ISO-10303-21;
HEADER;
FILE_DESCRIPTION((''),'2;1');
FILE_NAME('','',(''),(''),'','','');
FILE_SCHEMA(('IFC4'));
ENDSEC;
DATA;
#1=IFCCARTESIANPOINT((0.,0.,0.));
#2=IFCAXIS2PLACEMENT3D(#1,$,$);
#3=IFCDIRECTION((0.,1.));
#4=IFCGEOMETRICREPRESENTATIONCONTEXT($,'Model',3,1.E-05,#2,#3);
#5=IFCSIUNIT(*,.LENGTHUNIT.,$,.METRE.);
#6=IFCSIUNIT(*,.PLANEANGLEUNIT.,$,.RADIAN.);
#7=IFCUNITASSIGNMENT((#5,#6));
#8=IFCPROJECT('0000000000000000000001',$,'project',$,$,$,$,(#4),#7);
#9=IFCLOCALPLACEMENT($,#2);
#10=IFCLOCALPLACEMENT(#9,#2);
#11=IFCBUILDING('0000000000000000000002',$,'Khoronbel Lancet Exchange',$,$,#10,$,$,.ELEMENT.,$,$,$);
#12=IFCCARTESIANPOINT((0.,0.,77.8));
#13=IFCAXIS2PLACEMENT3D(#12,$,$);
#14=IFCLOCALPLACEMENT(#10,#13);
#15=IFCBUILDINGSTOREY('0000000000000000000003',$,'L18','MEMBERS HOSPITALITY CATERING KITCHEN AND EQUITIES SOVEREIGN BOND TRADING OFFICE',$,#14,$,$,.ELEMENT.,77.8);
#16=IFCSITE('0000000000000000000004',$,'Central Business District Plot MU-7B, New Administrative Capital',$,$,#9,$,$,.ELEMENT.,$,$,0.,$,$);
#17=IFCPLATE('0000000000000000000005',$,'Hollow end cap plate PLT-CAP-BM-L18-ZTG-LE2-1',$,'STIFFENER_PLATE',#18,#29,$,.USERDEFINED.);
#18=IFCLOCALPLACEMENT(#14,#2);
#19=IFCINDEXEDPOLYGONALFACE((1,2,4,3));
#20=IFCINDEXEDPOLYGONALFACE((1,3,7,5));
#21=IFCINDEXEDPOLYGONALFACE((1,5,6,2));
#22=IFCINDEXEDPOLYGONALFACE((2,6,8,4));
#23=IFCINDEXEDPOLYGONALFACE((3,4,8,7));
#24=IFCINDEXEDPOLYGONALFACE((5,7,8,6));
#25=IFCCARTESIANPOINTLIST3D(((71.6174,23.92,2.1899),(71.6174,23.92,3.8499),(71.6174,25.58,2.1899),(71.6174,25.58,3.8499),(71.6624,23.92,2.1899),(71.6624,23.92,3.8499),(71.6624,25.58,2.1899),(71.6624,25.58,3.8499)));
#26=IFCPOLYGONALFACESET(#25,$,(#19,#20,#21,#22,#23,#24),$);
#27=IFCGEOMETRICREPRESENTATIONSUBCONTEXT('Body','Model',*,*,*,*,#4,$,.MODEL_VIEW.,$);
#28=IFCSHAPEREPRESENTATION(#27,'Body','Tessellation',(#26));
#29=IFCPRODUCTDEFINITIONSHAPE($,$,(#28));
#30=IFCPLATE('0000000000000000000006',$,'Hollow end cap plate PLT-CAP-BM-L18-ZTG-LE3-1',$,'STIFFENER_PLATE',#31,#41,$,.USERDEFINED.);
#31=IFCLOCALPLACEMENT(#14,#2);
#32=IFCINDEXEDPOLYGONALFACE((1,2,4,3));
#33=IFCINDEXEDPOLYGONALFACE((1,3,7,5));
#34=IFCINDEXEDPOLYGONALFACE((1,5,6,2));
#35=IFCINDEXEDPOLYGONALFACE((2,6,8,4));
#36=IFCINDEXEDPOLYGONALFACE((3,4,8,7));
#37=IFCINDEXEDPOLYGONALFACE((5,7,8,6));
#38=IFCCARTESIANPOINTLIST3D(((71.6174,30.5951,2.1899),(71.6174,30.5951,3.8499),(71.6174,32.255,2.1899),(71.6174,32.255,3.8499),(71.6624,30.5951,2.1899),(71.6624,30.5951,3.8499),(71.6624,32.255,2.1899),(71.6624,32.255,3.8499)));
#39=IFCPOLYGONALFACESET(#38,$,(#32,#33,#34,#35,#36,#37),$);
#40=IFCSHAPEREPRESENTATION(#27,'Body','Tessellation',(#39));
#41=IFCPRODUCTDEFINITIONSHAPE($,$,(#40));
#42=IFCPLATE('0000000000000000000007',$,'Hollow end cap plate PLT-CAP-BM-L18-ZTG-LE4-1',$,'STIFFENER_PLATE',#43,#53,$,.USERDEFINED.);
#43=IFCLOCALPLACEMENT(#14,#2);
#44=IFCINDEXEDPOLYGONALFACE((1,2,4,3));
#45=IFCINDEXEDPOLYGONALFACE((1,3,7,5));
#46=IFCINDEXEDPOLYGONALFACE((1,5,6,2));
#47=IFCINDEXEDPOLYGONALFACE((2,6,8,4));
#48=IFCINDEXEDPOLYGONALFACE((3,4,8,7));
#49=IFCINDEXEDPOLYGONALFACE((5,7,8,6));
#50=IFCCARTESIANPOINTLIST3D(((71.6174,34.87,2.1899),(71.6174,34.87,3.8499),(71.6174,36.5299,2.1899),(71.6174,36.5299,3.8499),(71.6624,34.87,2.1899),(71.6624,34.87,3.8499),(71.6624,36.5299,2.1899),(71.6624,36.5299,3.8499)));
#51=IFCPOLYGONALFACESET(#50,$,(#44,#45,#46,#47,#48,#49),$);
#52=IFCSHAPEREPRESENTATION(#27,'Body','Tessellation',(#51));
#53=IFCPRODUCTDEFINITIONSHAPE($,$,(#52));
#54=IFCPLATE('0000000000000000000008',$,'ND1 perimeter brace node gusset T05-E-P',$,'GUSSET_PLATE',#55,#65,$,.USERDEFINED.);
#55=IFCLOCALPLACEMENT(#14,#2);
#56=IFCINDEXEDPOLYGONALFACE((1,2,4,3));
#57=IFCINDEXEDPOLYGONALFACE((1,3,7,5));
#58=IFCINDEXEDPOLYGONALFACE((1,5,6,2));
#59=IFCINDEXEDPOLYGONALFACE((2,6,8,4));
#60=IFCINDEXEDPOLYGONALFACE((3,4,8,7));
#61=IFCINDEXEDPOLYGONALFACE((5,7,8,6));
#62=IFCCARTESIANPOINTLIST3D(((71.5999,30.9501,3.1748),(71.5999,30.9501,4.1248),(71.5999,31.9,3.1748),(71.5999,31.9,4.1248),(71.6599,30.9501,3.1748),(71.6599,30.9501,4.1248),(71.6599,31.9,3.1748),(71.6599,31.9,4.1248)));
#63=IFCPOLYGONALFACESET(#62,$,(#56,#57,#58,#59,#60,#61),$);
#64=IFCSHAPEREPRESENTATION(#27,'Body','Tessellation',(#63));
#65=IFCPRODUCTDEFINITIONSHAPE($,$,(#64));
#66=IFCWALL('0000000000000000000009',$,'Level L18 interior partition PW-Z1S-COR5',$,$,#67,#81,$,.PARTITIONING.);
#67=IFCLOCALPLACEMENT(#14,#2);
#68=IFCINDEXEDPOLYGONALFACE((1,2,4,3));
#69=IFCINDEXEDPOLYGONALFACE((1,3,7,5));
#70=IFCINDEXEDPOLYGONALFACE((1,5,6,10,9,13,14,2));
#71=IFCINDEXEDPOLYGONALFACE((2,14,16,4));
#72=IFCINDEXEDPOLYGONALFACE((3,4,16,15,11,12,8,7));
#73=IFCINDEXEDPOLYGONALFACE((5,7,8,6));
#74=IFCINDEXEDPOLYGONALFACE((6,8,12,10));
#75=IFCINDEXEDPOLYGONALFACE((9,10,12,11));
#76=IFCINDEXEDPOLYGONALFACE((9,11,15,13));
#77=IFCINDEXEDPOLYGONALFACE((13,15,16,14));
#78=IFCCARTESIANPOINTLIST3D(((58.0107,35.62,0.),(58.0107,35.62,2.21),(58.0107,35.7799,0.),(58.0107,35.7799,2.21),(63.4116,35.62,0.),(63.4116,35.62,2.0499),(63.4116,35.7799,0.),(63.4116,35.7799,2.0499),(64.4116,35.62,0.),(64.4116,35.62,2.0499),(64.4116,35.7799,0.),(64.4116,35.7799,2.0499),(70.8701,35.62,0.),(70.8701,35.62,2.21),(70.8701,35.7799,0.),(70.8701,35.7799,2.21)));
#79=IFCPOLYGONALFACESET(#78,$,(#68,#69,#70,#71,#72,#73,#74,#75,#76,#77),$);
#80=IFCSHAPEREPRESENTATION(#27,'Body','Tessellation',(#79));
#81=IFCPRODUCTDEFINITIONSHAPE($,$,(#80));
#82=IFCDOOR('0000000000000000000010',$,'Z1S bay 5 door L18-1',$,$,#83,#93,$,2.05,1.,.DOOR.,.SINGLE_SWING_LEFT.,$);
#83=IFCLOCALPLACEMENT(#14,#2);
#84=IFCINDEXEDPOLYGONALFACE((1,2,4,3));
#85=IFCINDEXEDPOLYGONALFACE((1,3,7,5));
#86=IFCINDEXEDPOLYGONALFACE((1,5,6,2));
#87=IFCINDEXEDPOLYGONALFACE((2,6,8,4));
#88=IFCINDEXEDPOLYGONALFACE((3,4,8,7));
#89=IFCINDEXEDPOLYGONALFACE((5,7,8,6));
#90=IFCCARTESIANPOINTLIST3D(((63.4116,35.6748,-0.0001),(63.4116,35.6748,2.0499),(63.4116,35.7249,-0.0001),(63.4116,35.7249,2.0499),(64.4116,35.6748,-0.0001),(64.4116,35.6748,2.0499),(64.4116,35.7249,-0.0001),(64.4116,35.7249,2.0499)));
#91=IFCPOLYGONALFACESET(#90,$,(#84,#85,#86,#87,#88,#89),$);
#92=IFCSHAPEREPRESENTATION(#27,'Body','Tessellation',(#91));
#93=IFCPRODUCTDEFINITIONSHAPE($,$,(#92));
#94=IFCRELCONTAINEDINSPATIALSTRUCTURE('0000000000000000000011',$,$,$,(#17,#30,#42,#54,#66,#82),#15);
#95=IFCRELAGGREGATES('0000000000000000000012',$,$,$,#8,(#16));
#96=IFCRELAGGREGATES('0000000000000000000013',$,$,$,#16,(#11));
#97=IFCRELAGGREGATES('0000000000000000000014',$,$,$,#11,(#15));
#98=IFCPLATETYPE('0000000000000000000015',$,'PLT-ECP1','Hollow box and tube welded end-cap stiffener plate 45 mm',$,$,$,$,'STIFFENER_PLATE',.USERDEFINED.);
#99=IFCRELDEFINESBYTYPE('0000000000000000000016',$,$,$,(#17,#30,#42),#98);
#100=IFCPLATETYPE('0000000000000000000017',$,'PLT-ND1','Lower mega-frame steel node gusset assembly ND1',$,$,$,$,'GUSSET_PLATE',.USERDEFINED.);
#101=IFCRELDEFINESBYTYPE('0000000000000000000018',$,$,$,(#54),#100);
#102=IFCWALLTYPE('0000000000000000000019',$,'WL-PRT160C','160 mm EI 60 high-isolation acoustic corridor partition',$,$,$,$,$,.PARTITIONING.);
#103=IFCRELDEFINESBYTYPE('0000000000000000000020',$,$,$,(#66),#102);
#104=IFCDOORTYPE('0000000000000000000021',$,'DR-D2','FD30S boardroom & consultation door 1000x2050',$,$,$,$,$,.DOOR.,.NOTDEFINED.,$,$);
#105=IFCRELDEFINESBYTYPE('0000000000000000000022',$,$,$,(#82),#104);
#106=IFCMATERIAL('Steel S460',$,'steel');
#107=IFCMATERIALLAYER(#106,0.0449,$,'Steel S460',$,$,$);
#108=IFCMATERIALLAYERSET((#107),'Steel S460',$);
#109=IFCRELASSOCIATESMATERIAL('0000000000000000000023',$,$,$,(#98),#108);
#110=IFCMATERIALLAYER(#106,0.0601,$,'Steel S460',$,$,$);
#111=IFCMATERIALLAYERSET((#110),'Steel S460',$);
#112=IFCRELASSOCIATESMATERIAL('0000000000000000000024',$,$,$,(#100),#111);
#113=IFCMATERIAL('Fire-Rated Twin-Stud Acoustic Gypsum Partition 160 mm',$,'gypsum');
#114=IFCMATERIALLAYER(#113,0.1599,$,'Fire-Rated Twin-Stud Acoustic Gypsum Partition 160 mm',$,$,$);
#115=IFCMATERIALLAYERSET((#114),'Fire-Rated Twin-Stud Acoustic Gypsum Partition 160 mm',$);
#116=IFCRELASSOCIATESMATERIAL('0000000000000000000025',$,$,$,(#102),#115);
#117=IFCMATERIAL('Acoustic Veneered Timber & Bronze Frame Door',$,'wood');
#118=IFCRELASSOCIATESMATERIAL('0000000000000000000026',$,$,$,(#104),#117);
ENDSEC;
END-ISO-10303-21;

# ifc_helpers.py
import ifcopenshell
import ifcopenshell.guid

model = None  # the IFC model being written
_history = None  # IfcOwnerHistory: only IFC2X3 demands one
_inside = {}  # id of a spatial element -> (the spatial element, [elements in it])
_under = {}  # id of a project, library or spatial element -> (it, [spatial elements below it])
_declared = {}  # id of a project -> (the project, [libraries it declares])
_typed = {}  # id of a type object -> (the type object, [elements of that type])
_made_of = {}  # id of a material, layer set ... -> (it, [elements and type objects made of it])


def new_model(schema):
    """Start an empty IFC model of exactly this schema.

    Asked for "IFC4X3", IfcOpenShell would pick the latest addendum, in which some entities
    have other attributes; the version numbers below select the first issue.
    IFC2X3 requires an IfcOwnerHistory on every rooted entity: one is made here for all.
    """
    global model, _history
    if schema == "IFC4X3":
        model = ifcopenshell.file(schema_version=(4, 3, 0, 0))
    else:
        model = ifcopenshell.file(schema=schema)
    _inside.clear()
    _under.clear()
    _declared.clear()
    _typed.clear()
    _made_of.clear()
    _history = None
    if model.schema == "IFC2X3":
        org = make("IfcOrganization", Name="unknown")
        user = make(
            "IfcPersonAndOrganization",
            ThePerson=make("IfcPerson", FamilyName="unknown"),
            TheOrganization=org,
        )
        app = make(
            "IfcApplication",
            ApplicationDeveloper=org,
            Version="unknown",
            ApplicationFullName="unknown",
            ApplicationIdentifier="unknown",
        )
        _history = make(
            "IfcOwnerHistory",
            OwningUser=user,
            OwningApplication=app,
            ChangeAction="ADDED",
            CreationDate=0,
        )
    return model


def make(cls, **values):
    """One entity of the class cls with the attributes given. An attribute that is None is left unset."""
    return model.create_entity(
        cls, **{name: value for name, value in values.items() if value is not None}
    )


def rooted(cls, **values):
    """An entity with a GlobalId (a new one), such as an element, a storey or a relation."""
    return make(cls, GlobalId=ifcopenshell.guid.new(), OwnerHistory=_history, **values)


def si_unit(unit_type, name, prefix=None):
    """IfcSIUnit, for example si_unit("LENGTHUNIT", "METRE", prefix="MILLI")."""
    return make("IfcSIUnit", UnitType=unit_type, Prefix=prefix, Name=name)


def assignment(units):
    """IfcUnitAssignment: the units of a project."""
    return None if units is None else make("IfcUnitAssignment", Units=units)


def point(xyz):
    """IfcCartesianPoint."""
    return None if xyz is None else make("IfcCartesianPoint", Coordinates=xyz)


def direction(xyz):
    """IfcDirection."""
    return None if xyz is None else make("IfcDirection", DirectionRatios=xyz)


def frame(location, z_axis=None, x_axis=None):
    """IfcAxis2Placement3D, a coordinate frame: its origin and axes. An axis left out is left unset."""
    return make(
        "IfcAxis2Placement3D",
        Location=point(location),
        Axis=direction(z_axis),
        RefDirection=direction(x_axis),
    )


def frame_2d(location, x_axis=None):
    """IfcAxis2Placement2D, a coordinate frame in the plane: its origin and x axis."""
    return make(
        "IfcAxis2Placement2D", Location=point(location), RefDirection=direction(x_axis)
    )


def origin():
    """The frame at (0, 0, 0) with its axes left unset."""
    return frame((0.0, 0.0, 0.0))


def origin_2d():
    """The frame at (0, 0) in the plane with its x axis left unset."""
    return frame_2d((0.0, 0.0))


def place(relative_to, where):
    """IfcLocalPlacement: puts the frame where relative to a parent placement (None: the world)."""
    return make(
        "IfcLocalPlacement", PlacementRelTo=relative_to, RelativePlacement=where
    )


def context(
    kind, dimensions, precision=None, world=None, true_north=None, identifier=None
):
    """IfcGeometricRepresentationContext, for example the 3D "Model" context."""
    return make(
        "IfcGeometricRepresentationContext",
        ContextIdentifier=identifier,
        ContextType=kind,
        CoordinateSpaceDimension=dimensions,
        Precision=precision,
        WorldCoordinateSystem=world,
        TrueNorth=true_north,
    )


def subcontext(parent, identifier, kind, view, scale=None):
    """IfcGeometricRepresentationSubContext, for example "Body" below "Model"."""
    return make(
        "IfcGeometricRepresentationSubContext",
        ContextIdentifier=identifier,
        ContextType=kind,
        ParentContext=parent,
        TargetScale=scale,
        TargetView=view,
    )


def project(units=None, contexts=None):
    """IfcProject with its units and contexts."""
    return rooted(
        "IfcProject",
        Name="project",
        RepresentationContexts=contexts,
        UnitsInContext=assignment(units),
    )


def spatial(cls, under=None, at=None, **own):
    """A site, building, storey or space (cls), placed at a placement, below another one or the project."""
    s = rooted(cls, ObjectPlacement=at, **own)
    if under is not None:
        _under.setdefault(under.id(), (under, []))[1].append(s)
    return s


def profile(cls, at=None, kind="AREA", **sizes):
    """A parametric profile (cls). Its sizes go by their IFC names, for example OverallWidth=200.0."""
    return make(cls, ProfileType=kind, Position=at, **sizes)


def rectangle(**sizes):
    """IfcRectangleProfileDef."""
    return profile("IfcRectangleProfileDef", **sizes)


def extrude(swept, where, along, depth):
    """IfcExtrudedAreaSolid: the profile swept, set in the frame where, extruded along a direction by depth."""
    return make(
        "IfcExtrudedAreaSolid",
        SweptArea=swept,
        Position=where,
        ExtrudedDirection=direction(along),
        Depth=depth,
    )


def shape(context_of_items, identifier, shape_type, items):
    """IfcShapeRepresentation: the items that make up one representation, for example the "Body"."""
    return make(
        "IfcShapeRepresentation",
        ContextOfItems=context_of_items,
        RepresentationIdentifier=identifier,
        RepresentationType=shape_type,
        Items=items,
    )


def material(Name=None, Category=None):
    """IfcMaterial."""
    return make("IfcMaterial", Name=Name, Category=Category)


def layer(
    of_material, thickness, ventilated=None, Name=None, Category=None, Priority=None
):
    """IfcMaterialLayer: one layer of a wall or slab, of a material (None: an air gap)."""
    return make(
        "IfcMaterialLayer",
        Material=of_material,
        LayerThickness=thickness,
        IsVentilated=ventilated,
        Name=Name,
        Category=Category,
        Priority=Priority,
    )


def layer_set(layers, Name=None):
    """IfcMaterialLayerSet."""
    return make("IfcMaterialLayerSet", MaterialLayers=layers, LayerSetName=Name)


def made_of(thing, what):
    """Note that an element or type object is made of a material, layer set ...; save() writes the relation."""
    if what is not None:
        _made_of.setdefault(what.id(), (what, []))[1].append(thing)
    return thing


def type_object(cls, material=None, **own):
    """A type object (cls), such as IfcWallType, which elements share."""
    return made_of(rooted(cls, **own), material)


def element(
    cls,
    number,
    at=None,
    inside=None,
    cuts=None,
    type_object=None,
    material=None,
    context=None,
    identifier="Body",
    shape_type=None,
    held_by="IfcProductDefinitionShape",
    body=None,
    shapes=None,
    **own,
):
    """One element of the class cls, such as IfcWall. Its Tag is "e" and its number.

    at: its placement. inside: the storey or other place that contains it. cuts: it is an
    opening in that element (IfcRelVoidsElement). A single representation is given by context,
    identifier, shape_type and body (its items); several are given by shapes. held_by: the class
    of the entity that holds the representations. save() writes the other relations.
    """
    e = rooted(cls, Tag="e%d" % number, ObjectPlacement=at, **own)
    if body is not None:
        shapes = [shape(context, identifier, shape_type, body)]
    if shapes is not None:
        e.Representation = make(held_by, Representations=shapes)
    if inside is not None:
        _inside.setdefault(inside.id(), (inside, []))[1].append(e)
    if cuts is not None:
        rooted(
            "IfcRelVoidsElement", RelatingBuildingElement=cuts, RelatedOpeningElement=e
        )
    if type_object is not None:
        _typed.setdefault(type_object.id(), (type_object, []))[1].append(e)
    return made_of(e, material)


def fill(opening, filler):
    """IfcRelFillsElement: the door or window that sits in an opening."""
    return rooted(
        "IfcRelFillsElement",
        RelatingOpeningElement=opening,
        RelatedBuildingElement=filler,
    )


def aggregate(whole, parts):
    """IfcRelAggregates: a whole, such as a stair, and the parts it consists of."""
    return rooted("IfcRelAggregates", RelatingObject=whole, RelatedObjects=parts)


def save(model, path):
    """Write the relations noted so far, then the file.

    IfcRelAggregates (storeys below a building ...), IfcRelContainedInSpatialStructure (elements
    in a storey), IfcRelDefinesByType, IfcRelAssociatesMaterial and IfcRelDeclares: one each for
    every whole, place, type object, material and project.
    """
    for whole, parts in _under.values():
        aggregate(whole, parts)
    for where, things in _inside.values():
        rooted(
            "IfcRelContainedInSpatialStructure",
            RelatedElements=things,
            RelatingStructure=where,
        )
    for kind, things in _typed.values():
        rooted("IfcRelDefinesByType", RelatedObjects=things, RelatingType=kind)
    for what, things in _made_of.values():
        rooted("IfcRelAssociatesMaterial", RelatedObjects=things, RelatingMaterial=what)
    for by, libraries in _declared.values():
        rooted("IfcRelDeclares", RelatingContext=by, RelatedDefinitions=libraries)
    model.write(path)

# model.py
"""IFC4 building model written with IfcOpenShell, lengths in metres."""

from ifc_helpers import new_model, si_unit, direction, frame, frame_2d, origin, origin_2d, place, context, subcontext, project, spatial, rectangle, extrude, material, layer, layer_set, type_object, element, fill, save


model = new_model("IFC4")

# Units and contexts
model_context = context("Model", 3, precision=1e-05, world=origin(), true_north=direction((0.0, 1.0)))
body_context = subcontext(model_context, "Body", "Model", "MODEL_VIEW")
ifc_project = project(units=[si_unit("LENGTHUNIT", "METRE"), si_unit("PLANEANGLEUNIT", "RADIAN")], contexts=[model_context])

# Site, building, storey
site_placement = place(None, origin())
site = spatial("IfcSite", under=ifc_project, at=site_placement, Name="Central Business District Plot MU-7B, New Administrative Capital", CompositionType="ELEMENT", RefElevation=0.0)
building_placement = place(site_placement, origin())
building = spatial("IfcBuilding", under=site, at=building_placement, Name="Khoronbel Lancet Exchange", CompositionType="ELEMENT")
storey_placement = place(building_placement, frame((0.0, 0.0, 77.8)))
storey = spatial("IfcBuildingStorey", under=building, at=storey_placement, Name="L18", Description="MEMBERS HOSPITALITY CATERING KITCHEN AND EQUITIES SOVEREIGN BOND TRADING OFFICE", CompositionType="ELEMENT", Elevation=77.8)

# Shared definitions
ifc_material_1 = material(Name="Steel S460", Category="steel")

# Plates
ifc_layer_1 = layer(ifc_material_1, 0.0449, Name="Steel S460")
ifc_layer_set_1 = layer_set([ifc_layer_1], Name="Steel S460")
plate_type_1 = type_object("IfcPlateType", Name="PLT-ECP1", Description="Hollow box and tube welded end-cap stiffener plate 45 mm", ElementType="STIFFENER_PLATE", PredefinedType="USERDEFINED", material=ifc_layer_set_1)
for number, where, z_axis, x_axis, name in (
    (1, (71.6399, 24.75, 2.1899), (0.0, 0.0, 1.0), (1.0, 0.0, 0.0), "Hollow end cap plate PLT-CAP-BM-L18-ZTG-LE2-1"),
    (2, (71.6399, 31.425, 2.1899), (0.0, 0.0, 1.0), (1.0, 0.0, 0.0), "Hollow end cap plate PLT-CAP-BM-L18-ZTG-LE3-1"),
    (3, (71.6399, 35.7, 2.1899), (0.0, 0.0, 1.0), (1.0, 0.0, 0.0), "Hollow end cap plate PLT-CAP-BM-L18-ZTG-LE4-1"),
):
    element("IfcPlate", number, at=place(storey_placement, frame(where, z_axis=z_axis, x_axis=x_axis)), inside=storey, type_object=plate_type_1, Name=name, ObjectType="STIFFENER_PLATE", PredefinedType="USERDEFINED", context=body_context, shape_type="SweptSolid", body=[
        extrude(rectangle(XDim=0.0449, YDim=1.6599, at=origin_2d()), origin(), (0.0, 0.0, 1.0), 1.6599),
    ])
ifc_layer_2 = layer(ifc_material_1, 0.0601, Name="Steel S460")
ifc_layer_set_2 = layer_set([ifc_layer_2], Name="Steel S460")
plate_type_2 = type_object("IfcPlateType", Name="PLT-ND1", Description="Lower mega-frame steel node gusset assembly ND1", ElementType="GUSSET_PLATE", PredefinedType="USERDEFINED", material=ifc_layer_set_2)
plate_1_placement = place(storey_placement, frame((71.6299, 31.425, 3.1748), z_axis=(0.0, 0.0, 1.0), x_axis=(0.0, 1.0, 0.0)))
element("IfcPlate", 4, at=plate_1_placement, inside=storey, type_object=plate_type_2, Name="ND1 perimeter brace node gusset T05-E-P", ObjectType="GUSSET_PLATE", PredefinedType="USERDEFINED", context=body_context, shape_type="SweptSolid", body=[
    extrude(rectangle(XDim=0.95, YDim=0.0601, at=origin_2d()), origin(), (0.0, 0.0, 1.0), 0.95),
])

# Wall, opening, door
ifc_material_2 = material(Name="Fire-Rated Twin-Stud Acoustic Gypsum Partition 160 mm", Category="gypsum")
ifc_layer_3 = layer(ifc_material_2, 0.1599, Name="Fire-Rated Twin-Stud Acoustic Gypsum Partition 160 mm")
ifc_layer_set_3 = layer_set([ifc_layer_3], Name="Fire-Rated Twin-Stud Acoustic Gypsum Partition 160 mm")
wall_type = type_object("IfcWallType", Name="WL-PRT160C", Description="160 mm EI 60 high-isolation acoustic corridor partition", PredefinedType="PARTITIONING", material=ifc_layer_set_3)
wall_placement = place(storey_placement, frame((58.0107, 35.7, 0.0), z_axis=(0.0, 0.0, 1.0), x_axis=(1.0, 0.0, 0.0)))
wall = element("IfcWall", 5, at=wall_placement, inside=storey, type_object=wall_type, Name="Level L18 interior partition PW-Z1S-COR5", PredefinedType="PARTITIONING", context=body_context, shape_type="SweptSolid", body=[
    extrude(rectangle(XDim=12.8594, YDim=0.1599, at=frame_2d((6.4297, 0.0))), origin(), (0.0, 0.0, 1.0), 2.21),
])
opening_placement = place(wall_placement, frame((5.4009, 0.0, 0.0)))
opening = element("IfcOpeningElement", 6, at=opening_placement, cuts=wall, PredefinedType="OPENING", context=body_context, shape_type="SweptSolid", body=[
    extrude(rectangle(XDim=1.0, YDim=2.05, at=frame_2d((0.5, 1.0249))), frame((0.0, 0.0898, 0.0), z_axis=(0.0, -1.0, 0.0), x_axis=(1.0, 0.0, 0.0)), (0.0, 0.0, 1.0), 0.1799),
])
ifc_material_3 = material(Name="Acoustic Veneered Timber & Bronze Frame Door", Category="wood")
door_type = type_object("IfcDoorType", Name="DR-D2", Description="FD30S boardroom & consultation door 1000x2050", OperationType="NOTDEFINED", PredefinedType="DOOR", material=ifc_material_3)
door_placement = place(opening_placement, origin())
door = element("IfcDoor", 7, at=door_placement, inside=storey, type_object=door_type, Name="Z1S bay 5 door L18-1", OperationType="SINGLE_SWING_LEFT", OverallHeight=2.05, OverallWidth=1.0, PredefinedType="DOOR", context=body_context, shape_type="SweptSolid", body=[
    extrude(rectangle(XDim=1.0, YDim=2.05, at=frame_2d((0.5, 1.0249))), frame((0.0, 0.0249, 0.0), z_axis=(0.0, -1.0, 0.0), x_axis=(1.0, 0.0, 0.0)), (0.0, 0.0, 1.0), 0.05),
])
fill(opening, door)

save(model, "model.ifc")
